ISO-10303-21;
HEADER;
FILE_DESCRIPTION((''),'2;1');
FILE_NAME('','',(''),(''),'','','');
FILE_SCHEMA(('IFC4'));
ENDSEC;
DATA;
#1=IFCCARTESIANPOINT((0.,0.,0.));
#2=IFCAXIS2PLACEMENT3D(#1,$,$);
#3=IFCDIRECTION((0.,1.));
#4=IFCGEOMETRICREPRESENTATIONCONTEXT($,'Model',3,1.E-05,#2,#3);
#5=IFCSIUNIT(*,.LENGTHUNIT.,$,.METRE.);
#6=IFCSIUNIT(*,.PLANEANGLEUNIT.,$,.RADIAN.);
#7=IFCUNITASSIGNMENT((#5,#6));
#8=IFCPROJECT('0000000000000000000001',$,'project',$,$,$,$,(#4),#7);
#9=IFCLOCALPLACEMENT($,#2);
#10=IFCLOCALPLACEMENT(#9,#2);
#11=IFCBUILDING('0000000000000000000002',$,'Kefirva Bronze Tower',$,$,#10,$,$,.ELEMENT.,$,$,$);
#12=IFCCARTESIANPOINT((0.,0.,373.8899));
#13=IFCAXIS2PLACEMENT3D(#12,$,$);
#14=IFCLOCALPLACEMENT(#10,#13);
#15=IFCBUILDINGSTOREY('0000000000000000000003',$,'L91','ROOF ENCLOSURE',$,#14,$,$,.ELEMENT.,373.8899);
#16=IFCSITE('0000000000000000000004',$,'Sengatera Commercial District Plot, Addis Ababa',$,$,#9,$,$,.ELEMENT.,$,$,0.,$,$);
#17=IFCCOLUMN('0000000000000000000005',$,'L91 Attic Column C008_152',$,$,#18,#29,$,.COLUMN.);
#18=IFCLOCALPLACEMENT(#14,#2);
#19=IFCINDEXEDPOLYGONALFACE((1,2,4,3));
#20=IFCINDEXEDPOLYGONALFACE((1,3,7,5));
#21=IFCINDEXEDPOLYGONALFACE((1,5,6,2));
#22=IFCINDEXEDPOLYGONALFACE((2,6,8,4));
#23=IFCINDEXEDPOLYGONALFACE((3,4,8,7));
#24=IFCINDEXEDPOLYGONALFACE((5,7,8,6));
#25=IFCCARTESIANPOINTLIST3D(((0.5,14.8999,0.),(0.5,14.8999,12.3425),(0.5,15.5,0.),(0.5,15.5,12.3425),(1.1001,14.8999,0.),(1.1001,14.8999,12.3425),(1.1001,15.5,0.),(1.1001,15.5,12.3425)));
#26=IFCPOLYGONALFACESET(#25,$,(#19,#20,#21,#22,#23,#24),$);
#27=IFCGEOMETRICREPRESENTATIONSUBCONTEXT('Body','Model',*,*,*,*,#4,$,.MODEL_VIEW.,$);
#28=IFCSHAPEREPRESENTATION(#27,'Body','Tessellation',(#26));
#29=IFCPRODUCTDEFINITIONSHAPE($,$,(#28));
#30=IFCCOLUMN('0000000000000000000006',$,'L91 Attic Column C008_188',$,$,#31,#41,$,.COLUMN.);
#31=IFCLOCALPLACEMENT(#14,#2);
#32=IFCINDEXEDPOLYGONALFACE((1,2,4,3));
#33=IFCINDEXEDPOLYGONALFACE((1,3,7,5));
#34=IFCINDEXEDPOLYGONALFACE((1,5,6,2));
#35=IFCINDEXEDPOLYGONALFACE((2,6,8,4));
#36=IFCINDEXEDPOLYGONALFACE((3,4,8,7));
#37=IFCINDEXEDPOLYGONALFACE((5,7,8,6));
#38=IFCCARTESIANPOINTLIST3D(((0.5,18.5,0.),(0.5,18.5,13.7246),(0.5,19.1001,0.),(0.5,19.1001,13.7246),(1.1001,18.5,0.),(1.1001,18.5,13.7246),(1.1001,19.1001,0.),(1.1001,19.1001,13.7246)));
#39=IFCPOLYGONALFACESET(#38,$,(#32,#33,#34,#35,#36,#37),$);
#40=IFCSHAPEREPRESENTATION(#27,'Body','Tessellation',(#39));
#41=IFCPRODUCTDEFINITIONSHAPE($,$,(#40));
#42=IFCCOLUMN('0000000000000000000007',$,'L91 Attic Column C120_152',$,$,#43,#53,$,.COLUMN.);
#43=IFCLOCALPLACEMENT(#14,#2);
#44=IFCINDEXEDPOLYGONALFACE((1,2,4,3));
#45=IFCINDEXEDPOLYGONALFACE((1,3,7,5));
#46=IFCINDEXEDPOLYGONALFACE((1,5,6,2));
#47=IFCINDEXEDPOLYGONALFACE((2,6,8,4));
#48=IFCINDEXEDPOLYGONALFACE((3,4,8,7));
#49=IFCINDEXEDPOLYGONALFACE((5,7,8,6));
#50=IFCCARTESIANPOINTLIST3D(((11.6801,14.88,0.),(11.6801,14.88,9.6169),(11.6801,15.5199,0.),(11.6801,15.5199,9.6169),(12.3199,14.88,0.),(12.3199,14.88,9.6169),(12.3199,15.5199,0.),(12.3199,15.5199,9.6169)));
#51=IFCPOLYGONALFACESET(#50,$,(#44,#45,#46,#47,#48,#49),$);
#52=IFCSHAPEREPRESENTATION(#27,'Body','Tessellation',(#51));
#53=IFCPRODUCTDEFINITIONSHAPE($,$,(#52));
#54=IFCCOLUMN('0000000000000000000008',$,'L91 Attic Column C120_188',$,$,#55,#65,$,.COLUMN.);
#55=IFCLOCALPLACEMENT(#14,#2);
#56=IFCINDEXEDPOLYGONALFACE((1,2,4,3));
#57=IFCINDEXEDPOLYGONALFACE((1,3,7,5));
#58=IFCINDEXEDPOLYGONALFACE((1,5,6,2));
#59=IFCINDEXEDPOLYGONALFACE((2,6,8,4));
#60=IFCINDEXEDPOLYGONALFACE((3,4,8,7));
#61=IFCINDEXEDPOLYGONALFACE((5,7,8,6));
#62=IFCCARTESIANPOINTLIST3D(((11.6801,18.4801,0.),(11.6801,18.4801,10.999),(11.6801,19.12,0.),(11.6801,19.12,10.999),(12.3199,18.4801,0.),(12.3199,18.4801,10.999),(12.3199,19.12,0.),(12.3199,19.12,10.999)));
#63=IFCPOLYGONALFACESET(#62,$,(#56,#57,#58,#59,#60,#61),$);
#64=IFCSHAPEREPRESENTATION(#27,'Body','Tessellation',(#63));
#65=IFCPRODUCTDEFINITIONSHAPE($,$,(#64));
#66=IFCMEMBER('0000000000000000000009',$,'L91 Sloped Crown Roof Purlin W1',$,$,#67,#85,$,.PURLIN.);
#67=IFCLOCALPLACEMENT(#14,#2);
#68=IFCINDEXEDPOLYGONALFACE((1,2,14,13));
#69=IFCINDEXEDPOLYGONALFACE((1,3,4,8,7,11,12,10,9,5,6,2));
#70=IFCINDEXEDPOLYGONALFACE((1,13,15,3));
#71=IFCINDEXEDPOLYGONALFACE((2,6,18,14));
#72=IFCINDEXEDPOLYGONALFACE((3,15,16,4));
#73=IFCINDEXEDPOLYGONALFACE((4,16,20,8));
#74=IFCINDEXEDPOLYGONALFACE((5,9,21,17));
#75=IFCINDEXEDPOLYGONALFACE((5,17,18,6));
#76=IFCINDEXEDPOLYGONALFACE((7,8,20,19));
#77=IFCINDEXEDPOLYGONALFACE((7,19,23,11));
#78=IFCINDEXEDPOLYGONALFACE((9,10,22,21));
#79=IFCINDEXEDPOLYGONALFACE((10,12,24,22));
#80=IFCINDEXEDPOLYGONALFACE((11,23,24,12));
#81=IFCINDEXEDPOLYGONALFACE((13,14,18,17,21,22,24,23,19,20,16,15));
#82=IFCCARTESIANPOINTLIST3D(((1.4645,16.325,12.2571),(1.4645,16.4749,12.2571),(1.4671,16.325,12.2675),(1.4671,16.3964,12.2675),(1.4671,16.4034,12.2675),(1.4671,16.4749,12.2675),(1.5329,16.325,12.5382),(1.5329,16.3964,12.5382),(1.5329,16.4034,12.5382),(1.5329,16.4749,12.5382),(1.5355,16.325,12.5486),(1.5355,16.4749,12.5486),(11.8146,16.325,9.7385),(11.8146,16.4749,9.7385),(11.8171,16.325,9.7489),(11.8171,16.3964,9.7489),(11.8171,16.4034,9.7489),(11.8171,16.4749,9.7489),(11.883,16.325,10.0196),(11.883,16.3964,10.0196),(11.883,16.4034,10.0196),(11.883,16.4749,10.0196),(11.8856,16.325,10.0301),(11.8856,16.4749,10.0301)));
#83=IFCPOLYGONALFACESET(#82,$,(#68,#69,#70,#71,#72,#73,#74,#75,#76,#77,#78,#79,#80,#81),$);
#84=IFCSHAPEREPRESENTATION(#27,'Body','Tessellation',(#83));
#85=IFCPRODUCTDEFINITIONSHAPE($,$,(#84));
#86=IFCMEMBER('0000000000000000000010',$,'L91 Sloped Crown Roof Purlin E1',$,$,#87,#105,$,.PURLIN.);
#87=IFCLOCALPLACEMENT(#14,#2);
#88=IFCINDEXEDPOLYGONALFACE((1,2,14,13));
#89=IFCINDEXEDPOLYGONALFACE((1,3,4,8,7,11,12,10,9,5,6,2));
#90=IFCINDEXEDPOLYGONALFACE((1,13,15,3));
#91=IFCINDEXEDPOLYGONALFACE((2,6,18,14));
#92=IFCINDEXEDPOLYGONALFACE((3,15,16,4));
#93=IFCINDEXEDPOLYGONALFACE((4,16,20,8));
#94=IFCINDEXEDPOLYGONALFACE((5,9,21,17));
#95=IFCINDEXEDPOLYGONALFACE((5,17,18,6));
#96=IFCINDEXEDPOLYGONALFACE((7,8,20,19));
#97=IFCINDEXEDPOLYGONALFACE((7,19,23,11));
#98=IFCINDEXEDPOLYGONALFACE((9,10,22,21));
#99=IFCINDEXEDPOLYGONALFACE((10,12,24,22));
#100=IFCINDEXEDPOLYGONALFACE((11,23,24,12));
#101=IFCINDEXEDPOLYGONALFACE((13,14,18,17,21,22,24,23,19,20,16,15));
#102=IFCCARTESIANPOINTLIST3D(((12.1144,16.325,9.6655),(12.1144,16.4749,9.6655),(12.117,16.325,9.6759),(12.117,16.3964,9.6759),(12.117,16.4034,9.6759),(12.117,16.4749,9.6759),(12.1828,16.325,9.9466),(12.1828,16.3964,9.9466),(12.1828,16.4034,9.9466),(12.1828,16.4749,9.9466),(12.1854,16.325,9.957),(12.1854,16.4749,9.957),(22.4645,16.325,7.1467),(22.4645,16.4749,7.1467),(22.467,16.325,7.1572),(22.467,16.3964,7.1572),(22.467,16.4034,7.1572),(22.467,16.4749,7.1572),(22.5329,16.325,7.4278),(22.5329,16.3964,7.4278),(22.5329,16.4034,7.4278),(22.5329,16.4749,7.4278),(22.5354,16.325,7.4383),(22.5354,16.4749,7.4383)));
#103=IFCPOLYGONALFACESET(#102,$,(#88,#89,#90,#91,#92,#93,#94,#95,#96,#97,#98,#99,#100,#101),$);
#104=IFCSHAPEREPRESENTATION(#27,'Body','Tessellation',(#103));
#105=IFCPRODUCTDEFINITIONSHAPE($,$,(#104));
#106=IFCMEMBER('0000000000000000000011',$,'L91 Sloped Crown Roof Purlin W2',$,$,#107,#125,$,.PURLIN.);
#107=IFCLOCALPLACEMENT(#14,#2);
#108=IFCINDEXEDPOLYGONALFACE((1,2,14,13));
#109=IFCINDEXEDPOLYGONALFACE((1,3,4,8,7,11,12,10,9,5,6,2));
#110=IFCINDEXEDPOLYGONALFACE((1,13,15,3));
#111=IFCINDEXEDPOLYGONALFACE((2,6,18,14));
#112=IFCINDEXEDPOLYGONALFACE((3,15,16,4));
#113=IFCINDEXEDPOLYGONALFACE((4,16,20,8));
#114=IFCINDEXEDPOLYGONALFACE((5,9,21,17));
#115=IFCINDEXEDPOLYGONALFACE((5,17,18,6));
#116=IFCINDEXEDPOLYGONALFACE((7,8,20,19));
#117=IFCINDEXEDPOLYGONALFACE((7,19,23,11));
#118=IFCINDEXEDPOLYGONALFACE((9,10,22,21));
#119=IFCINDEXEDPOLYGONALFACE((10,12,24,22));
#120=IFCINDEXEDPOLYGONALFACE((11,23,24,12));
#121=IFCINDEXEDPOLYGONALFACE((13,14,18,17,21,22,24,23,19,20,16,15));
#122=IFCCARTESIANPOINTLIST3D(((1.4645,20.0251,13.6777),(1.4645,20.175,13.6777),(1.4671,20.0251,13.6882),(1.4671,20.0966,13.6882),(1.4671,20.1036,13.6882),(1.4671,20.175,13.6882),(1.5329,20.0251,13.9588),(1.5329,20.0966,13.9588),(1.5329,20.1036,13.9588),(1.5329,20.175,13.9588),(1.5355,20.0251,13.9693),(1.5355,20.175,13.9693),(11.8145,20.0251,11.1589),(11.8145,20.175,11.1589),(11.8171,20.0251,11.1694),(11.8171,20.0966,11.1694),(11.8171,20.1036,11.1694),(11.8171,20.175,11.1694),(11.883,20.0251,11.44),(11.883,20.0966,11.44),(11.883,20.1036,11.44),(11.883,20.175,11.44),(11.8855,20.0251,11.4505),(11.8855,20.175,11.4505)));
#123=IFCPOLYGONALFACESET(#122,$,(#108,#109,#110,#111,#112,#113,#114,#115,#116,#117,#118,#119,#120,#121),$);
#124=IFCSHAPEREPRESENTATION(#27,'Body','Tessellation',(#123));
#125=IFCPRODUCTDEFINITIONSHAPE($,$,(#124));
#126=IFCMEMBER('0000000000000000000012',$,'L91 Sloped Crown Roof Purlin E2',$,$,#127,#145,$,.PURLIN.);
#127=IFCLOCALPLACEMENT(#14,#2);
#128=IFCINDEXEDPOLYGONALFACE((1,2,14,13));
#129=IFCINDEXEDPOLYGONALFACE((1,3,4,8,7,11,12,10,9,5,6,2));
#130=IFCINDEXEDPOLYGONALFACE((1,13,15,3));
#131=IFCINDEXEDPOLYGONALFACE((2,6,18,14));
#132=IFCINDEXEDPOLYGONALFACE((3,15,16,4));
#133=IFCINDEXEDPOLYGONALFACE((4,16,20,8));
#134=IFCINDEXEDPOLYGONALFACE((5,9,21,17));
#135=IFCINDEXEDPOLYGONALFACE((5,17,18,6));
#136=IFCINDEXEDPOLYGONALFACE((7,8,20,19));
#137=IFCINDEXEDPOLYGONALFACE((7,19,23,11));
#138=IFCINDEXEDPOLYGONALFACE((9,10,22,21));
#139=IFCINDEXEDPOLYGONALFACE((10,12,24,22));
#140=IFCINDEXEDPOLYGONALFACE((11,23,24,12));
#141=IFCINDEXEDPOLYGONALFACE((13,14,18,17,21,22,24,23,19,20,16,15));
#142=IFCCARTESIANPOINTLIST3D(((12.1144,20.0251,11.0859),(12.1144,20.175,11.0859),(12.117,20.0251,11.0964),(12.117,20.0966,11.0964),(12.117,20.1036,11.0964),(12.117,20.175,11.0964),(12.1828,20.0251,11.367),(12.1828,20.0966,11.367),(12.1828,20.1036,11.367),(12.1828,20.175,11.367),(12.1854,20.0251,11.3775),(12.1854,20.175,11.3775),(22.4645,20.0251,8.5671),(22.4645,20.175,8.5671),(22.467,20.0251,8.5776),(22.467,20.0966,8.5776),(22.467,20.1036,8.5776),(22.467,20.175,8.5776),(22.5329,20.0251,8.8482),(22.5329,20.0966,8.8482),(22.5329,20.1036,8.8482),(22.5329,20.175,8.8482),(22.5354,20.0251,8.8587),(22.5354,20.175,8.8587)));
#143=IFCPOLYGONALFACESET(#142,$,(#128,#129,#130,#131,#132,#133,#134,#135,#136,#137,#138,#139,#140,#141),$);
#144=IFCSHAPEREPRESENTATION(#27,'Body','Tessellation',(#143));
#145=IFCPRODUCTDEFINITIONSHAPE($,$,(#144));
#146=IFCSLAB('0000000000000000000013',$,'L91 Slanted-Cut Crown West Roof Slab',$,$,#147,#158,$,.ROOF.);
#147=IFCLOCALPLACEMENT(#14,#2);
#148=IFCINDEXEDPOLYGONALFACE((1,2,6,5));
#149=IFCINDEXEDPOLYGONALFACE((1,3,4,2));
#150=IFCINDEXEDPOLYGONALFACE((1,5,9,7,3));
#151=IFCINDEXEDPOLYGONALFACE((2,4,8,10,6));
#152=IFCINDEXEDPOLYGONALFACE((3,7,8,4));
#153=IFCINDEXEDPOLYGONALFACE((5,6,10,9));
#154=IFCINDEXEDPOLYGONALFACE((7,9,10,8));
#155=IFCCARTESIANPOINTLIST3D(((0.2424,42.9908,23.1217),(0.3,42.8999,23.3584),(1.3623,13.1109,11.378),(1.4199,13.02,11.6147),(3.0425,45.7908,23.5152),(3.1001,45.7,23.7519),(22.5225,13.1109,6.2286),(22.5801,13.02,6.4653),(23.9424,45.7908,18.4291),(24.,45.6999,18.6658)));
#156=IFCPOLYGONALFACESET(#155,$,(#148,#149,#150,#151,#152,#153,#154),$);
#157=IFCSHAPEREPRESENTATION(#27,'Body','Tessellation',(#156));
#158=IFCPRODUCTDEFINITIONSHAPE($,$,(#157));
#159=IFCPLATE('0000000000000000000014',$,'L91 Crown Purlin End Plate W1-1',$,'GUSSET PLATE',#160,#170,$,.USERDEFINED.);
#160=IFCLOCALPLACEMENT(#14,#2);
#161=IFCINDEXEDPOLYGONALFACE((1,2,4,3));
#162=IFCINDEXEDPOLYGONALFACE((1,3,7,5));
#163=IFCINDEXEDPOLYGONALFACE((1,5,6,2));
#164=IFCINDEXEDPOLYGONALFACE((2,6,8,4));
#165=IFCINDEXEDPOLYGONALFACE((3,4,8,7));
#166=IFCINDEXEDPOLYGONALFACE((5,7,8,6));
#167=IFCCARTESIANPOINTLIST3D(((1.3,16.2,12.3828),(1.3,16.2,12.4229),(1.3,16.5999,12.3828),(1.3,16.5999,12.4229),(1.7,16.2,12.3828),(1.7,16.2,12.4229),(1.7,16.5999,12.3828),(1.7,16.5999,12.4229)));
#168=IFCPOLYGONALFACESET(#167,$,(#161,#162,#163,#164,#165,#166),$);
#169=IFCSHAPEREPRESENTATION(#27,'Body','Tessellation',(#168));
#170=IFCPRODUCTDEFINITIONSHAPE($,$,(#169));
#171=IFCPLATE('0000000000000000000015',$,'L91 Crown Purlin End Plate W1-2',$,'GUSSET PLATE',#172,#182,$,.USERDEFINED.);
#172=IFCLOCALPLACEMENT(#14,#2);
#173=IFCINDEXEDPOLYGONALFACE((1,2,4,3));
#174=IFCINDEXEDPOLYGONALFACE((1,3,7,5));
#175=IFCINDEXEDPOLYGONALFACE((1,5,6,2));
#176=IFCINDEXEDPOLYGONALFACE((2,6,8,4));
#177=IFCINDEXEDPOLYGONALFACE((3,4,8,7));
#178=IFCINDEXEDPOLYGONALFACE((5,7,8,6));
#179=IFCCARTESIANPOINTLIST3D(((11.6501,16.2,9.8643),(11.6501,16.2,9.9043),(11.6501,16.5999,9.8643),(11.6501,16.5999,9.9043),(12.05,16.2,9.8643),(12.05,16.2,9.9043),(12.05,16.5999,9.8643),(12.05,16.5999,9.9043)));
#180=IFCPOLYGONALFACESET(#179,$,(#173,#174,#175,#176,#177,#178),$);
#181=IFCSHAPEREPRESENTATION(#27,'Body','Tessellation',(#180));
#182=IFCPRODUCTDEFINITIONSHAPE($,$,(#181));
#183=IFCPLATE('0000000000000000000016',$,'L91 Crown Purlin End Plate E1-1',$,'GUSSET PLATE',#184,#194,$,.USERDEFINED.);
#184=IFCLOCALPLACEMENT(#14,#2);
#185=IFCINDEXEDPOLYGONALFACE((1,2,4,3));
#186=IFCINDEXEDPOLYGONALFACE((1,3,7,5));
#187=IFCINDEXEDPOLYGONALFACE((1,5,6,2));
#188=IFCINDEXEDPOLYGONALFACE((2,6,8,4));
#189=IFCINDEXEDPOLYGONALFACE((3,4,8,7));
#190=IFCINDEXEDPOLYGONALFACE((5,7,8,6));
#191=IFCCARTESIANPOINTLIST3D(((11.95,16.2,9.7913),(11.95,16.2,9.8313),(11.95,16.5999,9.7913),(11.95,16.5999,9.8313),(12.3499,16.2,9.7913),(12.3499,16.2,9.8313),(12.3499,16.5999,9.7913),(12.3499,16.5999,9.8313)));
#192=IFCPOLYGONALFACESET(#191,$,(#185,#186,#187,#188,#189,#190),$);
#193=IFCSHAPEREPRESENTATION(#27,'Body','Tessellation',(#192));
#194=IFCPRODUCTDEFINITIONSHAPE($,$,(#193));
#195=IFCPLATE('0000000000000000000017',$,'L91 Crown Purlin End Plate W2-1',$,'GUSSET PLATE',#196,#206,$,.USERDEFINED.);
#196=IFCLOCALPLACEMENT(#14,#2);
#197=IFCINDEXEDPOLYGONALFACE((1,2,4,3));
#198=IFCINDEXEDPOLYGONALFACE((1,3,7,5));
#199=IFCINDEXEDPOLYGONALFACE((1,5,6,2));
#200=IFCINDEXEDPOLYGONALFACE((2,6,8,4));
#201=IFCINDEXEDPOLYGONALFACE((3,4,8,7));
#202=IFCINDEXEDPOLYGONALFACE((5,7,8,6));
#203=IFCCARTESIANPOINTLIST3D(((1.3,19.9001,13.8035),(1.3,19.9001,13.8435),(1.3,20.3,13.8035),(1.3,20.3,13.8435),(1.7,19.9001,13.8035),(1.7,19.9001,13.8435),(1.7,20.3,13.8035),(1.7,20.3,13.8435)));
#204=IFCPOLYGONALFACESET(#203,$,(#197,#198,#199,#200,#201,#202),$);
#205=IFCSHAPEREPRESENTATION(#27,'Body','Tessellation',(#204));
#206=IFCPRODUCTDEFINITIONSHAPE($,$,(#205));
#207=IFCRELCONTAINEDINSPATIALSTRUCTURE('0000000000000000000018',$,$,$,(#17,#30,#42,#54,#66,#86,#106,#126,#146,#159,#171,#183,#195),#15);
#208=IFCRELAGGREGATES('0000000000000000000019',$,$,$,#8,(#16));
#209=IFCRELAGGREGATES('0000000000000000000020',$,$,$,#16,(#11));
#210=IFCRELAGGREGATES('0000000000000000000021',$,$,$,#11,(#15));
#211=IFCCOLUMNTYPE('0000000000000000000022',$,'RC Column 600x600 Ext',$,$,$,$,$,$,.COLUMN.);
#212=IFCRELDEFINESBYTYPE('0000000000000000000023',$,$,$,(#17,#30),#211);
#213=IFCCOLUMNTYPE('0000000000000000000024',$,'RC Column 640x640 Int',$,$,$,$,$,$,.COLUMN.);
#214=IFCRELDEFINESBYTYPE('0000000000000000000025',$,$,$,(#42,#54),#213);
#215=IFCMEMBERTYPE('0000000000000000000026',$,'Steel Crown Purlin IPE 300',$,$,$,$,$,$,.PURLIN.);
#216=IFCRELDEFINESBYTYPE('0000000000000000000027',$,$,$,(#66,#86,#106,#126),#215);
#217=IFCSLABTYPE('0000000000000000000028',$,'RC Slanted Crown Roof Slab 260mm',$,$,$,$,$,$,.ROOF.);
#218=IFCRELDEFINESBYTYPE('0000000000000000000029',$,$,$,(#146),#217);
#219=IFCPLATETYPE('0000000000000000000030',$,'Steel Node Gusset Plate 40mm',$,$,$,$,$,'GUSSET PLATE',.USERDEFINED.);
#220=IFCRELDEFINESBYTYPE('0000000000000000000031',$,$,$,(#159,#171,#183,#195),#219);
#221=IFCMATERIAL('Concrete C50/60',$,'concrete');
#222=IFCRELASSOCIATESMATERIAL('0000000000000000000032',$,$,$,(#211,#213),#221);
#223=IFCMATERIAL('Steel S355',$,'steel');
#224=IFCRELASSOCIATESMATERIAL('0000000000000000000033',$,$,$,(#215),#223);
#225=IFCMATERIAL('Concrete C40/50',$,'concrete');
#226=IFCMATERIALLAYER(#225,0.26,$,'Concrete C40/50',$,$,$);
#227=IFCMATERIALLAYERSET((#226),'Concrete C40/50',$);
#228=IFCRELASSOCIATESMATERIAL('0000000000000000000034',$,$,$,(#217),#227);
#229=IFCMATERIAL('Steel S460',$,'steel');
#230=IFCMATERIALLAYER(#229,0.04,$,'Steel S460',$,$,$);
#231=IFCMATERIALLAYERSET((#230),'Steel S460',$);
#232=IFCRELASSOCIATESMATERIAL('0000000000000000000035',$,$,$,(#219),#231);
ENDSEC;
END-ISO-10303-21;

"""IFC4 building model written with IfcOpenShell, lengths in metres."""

from ifc_helpers import new_model, si_unit, direction, frame, origin, origin_2d, place, context, subcontext, project, spatial, polyline, rectangle, i_section, outline, extrude, material, layer, layer_set, material_profile, profile_set, type_object, element, save


model = new_model("IFC4")

# Units and contexts
model_context = context("Model", 3, precision=1e-05, world=origin(), true_north=direction((0.0, 1.0)))
body_context = subcontext(model_context, "Body", "Model", "MODEL_VIEW")
ifc_project = project(units=[si_unit("LENGTHUNIT", "METRE"), si_unit("PLANEANGLEUNIT", "RADIAN")], contexts=[model_context])

# Site, building, storey
site_placement = place(None, origin())
site = spatial("IfcSite", under=ifc_project, at=site_placement, Name="Sengatera Commercial District Plot, Addis Ababa", CompositionType="ELEMENT", RefElevation=0.0)
building_placement = place(site_placement, origin())
building = spatial("IfcBuilding", under=site, at=building_placement, Name="Kefirva Bronze Tower", CompositionType="ELEMENT")
storey_placement = place(building_placement, frame((0.0, 0.0, 373.8899)))
storey = spatial("IfcBuildingStorey", under=building, at=storey_placement, Name="L91", Description="ROOF ENCLOSURE", CompositionType="ELEMENT", Elevation=373.8899)

# Columns
ifc_material_1 = material(Name="Concrete C50/60", Category="concrete")
ifc_material_profile_1 = material_profile(ifc_material_1, rectangle(XDim=0.6001, YDim=0.6001, at=origin_2d()), Name="RC 600x600")
ifc_profile_set_1 = profile_set([ifc_material_profile_1], Name="Concrete C50/60")
column_type_1 = type_object("IfcColumnType", Name="RC Column 600x600 Ext", PredefinedType="COLUMN", material=ifc_profile_set_1)
column_1_placement = place(storey_placement, frame((0.8, 15.2, 0.0), z_axis=(0.0, 0.0, 1.0), x_axis=(1.0, 0.0, 0.0)))
element("IfcColumn", 1, at=column_1_placement, inside=storey, type_object=column_type_1, Name="L91 Attic Column C008_152", PredefinedType="COLUMN", context=body_context, shape_type="SweptSolid", body=[
    extrude(rectangle(XDim=0.6001, YDim=0.6001, at=origin_2d()), origin(), (0.0, 0.0, 1.0), 12.3425),
])
column_2_placement = place(storey_placement, frame((0.8, 18.8, 0.0), z_axis=(0.0, 0.0, 1.0), x_axis=(1.0, 0.0, 0.0)))
element("IfcColumn", 2, at=column_2_placement, inside=storey, type_object=column_type_1, Name="L91 Attic Column C008_188", PredefinedType="COLUMN", context=body_context, shape_type="SweptSolid", body=[
    extrude(rectangle(XDim=0.6001, YDim=0.6001, at=origin_2d()), origin(), (0.0, 0.0, 1.0), 13.7246),
])
ifc_material_profile_2 = material_profile(ifc_material_1, rectangle(XDim=0.6399, YDim=0.6399, at=origin_2d()), Name="RC 640x640")
ifc_profile_set_2 = profile_set([ifc_material_profile_2], Name="Concrete C50/60")
column_type_2 = type_object("IfcColumnType", Name="RC Column 640x640 Int", PredefinedType="COLUMN", material=ifc_profile_set_2)
column_3_placement = place(storey_placement, frame((12.0, 15.2, 0.0), z_axis=(0.0, 0.0, 1.0), x_axis=(1.0, 0.0, 0.0)))
element("IfcColumn", 3, at=column_3_placement, inside=storey, type_object=column_type_2, Name="L91 Attic Column C120_152", PredefinedType="COLUMN", context=body_context, shape_type="SweptSolid", body=[
    extrude(rectangle(XDim=0.6399, YDim=0.6399, at=origin_2d()), origin(), (0.0, 0.0, 1.0), 9.6169),
])
column_4_placement = place(storey_placement, frame((12.0, 18.8, 0.0), z_axis=(0.0, 0.0, 1.0), x_axis=(1.0, 0.0, 0.0)))
element("IfcColumn", 4, at=column_4_placement, inside=storey, type_object=column_type_2, Name="L91 Attic Column C120_188", PredefinedType="COLUMN", context=body_context, shape_type="SweptSolid", body=[
    extrude(rectangle(XDim=0.6399, YDim=0.6399, at=origin_2d()), origin(), (0.0, 0.0, 1.0), 10.999),
])

# Members
ifc_material_2 = material(Name="Steel S355", Category="steel")
ifc_material_profile_3 = material_profile(ifc_material_2, i_section(OverallWidth=0.1499, OverallDepth=0.3, WebThickness=0.0071, FlangeThickness=0.0107, at=origin_2d()), Name="IPE 300")
ifc_profile_set_3 = profile_set([ifc_material_profile_3], Name="Steel S355")
member_type = type_object("IfcMemberType", Name="Steel Crown Purlin IPE 300", PredefinedType="PURLIN", material=ifc_profile_set_3)
for number, where, z_axis, x_axis, name in (
    (5, (1.5, 16.3999, 12.4028), (0.971647, 0.0, -0.236437), (0.0, 1.0, 0.0), "L91 Sloped Crown Roof Purlin W1"),
    (6, (12.1499, 16.3999, 9.8113), (0.971642, 0.0, -0.236459), (0.0, 1.0, 0.0), "L91 Sloped Crown Roof Purlin E1"),
    (7, (1.5, 20.1001, 13.8235), (0.971642, 0.0, -0.236459), (0.0, 1.0, 0.0), "L91 Sloped Crown Roof Purlin W2"),
    (8, (12.1499, 20.1001, 11.2317), (0.971642, 0.0, -0.236459), (0.0, 1.0, 0.0), "L91 Sloped Crown Roof Purlin E2"),
):
    element("IfcMember", number, at=place(storey_placement, frame(where, z_axis=z_axis, x_axis=x_axis)), inside=storey, type_object=member_type, Name=name, PredefinedType="PURLIN", context=body_context, shape_type="SweptSolid", body=[
        extrude(i_section(OverallWidth=0.1499, OverallDepth=0.3, WebThickness=0.0071, FlangeThickness=0.0107, at=origin_2d()), origin(), (0.0, 0.0, 1.0), 10.6521),
    ])

# Slab
ifc_material_3 = material(Name="Concrete C40/50", Category="concrete")
ifc_layer_1 = layer(ifc_material_3, 0.26, Name="Concrete C40/50")
ifc_layer_set_1 = layer_set([ifc_layer_1], Name="Concrete C40/50")
slab_type = type_object("IfcSlabType", Name="RC Slanted Crown Roof Slab 260mm", PredefinedType="ROOF", material=ifc_layer_set_1)
slab_placement = place(storey_placement, frame((1.4199, 13.02, 11.6147), z_axis=(0.221544, -0.349496, 0.910368), x_axis=(0.971642, 0.000001, -0.236455)))
element("IfcSlab", 9, at=slab_placement, inside=storey, type_object=slab_type, Name="L91 Slanted-Cut Crown West Roof Slab", PredefinedType="ROOF", context=body_context, shape_type="SweptSolid", body=[
    extrude(outline(polyline([(0.0, 0.0), (21.7777, 0.0), (20.2725, 34.8795), (-1.2374, 34.8795), (-3.8649, 31.891), (0.0, 0.0)])), origin(), (0.0, 0.0, -1.0), 0.26),
])

# Plates
ifc_material_4 = material(Name="Steel S460", Category="steel")
ifc_layer_2 = layer(ifc_material_4, 0.04, Name="Steel S460")
ifc_layer_set_2 = layer_set([ifc_layer_2], Name="Steel S460")
plate_type = type_object("IfcPlateType", Name="Steel Node Gusset Plate 40mm", ElementType="GUSSET PLATE", PredefinedType="USERDEFINED", material=ifc_layer_set_2)
for number, where, z_axis, x_axis, name in (
    (10, (1.5, 16.3999, 12.3828), (0.0, 0.0, 1.0), (1.0, 0.0, 0.0), "L91 Crown Purlin End Plate W1-1"),
    (11, (11.8501, 16.3999, 9.8643), (0.0, 0.0, 1.0), (1.0, 0.0, 0.0), "L91 Crown Purlin End Plate W1-2"),
    (12, (12.1499, 16.3999, 9.7913), (0.0, 0.0, 1.0), (1.0, 0.0, 0.0), "L91 Crown Purlin End Plate E1-1"),
    (13, (1.5, 20.1001, 13.8035), (0.0, 0.0, 1.0), (1.0, 0.0, 0.0), "L91 Crown Purlin End Plate W2-1"),
):
    element("IfcPlate", number, at=place(storey_placement, frame(where, z_axis=z_axis, x_axis=x_axis)), inside=storey, type_object=plate_type, Name=name, ObjectType="GUSSET PLATE", PredefinedType="USERDEFINED", context=body_context, shape_type="SweptSolid", body=[
        extrude(rectangle(XDim=0.3999, YDim=0.3999, at=origin_2d()), origin(), (0.0, 0.0, 1.0), 0.04),
    ])

save(model, "model.ifc")
